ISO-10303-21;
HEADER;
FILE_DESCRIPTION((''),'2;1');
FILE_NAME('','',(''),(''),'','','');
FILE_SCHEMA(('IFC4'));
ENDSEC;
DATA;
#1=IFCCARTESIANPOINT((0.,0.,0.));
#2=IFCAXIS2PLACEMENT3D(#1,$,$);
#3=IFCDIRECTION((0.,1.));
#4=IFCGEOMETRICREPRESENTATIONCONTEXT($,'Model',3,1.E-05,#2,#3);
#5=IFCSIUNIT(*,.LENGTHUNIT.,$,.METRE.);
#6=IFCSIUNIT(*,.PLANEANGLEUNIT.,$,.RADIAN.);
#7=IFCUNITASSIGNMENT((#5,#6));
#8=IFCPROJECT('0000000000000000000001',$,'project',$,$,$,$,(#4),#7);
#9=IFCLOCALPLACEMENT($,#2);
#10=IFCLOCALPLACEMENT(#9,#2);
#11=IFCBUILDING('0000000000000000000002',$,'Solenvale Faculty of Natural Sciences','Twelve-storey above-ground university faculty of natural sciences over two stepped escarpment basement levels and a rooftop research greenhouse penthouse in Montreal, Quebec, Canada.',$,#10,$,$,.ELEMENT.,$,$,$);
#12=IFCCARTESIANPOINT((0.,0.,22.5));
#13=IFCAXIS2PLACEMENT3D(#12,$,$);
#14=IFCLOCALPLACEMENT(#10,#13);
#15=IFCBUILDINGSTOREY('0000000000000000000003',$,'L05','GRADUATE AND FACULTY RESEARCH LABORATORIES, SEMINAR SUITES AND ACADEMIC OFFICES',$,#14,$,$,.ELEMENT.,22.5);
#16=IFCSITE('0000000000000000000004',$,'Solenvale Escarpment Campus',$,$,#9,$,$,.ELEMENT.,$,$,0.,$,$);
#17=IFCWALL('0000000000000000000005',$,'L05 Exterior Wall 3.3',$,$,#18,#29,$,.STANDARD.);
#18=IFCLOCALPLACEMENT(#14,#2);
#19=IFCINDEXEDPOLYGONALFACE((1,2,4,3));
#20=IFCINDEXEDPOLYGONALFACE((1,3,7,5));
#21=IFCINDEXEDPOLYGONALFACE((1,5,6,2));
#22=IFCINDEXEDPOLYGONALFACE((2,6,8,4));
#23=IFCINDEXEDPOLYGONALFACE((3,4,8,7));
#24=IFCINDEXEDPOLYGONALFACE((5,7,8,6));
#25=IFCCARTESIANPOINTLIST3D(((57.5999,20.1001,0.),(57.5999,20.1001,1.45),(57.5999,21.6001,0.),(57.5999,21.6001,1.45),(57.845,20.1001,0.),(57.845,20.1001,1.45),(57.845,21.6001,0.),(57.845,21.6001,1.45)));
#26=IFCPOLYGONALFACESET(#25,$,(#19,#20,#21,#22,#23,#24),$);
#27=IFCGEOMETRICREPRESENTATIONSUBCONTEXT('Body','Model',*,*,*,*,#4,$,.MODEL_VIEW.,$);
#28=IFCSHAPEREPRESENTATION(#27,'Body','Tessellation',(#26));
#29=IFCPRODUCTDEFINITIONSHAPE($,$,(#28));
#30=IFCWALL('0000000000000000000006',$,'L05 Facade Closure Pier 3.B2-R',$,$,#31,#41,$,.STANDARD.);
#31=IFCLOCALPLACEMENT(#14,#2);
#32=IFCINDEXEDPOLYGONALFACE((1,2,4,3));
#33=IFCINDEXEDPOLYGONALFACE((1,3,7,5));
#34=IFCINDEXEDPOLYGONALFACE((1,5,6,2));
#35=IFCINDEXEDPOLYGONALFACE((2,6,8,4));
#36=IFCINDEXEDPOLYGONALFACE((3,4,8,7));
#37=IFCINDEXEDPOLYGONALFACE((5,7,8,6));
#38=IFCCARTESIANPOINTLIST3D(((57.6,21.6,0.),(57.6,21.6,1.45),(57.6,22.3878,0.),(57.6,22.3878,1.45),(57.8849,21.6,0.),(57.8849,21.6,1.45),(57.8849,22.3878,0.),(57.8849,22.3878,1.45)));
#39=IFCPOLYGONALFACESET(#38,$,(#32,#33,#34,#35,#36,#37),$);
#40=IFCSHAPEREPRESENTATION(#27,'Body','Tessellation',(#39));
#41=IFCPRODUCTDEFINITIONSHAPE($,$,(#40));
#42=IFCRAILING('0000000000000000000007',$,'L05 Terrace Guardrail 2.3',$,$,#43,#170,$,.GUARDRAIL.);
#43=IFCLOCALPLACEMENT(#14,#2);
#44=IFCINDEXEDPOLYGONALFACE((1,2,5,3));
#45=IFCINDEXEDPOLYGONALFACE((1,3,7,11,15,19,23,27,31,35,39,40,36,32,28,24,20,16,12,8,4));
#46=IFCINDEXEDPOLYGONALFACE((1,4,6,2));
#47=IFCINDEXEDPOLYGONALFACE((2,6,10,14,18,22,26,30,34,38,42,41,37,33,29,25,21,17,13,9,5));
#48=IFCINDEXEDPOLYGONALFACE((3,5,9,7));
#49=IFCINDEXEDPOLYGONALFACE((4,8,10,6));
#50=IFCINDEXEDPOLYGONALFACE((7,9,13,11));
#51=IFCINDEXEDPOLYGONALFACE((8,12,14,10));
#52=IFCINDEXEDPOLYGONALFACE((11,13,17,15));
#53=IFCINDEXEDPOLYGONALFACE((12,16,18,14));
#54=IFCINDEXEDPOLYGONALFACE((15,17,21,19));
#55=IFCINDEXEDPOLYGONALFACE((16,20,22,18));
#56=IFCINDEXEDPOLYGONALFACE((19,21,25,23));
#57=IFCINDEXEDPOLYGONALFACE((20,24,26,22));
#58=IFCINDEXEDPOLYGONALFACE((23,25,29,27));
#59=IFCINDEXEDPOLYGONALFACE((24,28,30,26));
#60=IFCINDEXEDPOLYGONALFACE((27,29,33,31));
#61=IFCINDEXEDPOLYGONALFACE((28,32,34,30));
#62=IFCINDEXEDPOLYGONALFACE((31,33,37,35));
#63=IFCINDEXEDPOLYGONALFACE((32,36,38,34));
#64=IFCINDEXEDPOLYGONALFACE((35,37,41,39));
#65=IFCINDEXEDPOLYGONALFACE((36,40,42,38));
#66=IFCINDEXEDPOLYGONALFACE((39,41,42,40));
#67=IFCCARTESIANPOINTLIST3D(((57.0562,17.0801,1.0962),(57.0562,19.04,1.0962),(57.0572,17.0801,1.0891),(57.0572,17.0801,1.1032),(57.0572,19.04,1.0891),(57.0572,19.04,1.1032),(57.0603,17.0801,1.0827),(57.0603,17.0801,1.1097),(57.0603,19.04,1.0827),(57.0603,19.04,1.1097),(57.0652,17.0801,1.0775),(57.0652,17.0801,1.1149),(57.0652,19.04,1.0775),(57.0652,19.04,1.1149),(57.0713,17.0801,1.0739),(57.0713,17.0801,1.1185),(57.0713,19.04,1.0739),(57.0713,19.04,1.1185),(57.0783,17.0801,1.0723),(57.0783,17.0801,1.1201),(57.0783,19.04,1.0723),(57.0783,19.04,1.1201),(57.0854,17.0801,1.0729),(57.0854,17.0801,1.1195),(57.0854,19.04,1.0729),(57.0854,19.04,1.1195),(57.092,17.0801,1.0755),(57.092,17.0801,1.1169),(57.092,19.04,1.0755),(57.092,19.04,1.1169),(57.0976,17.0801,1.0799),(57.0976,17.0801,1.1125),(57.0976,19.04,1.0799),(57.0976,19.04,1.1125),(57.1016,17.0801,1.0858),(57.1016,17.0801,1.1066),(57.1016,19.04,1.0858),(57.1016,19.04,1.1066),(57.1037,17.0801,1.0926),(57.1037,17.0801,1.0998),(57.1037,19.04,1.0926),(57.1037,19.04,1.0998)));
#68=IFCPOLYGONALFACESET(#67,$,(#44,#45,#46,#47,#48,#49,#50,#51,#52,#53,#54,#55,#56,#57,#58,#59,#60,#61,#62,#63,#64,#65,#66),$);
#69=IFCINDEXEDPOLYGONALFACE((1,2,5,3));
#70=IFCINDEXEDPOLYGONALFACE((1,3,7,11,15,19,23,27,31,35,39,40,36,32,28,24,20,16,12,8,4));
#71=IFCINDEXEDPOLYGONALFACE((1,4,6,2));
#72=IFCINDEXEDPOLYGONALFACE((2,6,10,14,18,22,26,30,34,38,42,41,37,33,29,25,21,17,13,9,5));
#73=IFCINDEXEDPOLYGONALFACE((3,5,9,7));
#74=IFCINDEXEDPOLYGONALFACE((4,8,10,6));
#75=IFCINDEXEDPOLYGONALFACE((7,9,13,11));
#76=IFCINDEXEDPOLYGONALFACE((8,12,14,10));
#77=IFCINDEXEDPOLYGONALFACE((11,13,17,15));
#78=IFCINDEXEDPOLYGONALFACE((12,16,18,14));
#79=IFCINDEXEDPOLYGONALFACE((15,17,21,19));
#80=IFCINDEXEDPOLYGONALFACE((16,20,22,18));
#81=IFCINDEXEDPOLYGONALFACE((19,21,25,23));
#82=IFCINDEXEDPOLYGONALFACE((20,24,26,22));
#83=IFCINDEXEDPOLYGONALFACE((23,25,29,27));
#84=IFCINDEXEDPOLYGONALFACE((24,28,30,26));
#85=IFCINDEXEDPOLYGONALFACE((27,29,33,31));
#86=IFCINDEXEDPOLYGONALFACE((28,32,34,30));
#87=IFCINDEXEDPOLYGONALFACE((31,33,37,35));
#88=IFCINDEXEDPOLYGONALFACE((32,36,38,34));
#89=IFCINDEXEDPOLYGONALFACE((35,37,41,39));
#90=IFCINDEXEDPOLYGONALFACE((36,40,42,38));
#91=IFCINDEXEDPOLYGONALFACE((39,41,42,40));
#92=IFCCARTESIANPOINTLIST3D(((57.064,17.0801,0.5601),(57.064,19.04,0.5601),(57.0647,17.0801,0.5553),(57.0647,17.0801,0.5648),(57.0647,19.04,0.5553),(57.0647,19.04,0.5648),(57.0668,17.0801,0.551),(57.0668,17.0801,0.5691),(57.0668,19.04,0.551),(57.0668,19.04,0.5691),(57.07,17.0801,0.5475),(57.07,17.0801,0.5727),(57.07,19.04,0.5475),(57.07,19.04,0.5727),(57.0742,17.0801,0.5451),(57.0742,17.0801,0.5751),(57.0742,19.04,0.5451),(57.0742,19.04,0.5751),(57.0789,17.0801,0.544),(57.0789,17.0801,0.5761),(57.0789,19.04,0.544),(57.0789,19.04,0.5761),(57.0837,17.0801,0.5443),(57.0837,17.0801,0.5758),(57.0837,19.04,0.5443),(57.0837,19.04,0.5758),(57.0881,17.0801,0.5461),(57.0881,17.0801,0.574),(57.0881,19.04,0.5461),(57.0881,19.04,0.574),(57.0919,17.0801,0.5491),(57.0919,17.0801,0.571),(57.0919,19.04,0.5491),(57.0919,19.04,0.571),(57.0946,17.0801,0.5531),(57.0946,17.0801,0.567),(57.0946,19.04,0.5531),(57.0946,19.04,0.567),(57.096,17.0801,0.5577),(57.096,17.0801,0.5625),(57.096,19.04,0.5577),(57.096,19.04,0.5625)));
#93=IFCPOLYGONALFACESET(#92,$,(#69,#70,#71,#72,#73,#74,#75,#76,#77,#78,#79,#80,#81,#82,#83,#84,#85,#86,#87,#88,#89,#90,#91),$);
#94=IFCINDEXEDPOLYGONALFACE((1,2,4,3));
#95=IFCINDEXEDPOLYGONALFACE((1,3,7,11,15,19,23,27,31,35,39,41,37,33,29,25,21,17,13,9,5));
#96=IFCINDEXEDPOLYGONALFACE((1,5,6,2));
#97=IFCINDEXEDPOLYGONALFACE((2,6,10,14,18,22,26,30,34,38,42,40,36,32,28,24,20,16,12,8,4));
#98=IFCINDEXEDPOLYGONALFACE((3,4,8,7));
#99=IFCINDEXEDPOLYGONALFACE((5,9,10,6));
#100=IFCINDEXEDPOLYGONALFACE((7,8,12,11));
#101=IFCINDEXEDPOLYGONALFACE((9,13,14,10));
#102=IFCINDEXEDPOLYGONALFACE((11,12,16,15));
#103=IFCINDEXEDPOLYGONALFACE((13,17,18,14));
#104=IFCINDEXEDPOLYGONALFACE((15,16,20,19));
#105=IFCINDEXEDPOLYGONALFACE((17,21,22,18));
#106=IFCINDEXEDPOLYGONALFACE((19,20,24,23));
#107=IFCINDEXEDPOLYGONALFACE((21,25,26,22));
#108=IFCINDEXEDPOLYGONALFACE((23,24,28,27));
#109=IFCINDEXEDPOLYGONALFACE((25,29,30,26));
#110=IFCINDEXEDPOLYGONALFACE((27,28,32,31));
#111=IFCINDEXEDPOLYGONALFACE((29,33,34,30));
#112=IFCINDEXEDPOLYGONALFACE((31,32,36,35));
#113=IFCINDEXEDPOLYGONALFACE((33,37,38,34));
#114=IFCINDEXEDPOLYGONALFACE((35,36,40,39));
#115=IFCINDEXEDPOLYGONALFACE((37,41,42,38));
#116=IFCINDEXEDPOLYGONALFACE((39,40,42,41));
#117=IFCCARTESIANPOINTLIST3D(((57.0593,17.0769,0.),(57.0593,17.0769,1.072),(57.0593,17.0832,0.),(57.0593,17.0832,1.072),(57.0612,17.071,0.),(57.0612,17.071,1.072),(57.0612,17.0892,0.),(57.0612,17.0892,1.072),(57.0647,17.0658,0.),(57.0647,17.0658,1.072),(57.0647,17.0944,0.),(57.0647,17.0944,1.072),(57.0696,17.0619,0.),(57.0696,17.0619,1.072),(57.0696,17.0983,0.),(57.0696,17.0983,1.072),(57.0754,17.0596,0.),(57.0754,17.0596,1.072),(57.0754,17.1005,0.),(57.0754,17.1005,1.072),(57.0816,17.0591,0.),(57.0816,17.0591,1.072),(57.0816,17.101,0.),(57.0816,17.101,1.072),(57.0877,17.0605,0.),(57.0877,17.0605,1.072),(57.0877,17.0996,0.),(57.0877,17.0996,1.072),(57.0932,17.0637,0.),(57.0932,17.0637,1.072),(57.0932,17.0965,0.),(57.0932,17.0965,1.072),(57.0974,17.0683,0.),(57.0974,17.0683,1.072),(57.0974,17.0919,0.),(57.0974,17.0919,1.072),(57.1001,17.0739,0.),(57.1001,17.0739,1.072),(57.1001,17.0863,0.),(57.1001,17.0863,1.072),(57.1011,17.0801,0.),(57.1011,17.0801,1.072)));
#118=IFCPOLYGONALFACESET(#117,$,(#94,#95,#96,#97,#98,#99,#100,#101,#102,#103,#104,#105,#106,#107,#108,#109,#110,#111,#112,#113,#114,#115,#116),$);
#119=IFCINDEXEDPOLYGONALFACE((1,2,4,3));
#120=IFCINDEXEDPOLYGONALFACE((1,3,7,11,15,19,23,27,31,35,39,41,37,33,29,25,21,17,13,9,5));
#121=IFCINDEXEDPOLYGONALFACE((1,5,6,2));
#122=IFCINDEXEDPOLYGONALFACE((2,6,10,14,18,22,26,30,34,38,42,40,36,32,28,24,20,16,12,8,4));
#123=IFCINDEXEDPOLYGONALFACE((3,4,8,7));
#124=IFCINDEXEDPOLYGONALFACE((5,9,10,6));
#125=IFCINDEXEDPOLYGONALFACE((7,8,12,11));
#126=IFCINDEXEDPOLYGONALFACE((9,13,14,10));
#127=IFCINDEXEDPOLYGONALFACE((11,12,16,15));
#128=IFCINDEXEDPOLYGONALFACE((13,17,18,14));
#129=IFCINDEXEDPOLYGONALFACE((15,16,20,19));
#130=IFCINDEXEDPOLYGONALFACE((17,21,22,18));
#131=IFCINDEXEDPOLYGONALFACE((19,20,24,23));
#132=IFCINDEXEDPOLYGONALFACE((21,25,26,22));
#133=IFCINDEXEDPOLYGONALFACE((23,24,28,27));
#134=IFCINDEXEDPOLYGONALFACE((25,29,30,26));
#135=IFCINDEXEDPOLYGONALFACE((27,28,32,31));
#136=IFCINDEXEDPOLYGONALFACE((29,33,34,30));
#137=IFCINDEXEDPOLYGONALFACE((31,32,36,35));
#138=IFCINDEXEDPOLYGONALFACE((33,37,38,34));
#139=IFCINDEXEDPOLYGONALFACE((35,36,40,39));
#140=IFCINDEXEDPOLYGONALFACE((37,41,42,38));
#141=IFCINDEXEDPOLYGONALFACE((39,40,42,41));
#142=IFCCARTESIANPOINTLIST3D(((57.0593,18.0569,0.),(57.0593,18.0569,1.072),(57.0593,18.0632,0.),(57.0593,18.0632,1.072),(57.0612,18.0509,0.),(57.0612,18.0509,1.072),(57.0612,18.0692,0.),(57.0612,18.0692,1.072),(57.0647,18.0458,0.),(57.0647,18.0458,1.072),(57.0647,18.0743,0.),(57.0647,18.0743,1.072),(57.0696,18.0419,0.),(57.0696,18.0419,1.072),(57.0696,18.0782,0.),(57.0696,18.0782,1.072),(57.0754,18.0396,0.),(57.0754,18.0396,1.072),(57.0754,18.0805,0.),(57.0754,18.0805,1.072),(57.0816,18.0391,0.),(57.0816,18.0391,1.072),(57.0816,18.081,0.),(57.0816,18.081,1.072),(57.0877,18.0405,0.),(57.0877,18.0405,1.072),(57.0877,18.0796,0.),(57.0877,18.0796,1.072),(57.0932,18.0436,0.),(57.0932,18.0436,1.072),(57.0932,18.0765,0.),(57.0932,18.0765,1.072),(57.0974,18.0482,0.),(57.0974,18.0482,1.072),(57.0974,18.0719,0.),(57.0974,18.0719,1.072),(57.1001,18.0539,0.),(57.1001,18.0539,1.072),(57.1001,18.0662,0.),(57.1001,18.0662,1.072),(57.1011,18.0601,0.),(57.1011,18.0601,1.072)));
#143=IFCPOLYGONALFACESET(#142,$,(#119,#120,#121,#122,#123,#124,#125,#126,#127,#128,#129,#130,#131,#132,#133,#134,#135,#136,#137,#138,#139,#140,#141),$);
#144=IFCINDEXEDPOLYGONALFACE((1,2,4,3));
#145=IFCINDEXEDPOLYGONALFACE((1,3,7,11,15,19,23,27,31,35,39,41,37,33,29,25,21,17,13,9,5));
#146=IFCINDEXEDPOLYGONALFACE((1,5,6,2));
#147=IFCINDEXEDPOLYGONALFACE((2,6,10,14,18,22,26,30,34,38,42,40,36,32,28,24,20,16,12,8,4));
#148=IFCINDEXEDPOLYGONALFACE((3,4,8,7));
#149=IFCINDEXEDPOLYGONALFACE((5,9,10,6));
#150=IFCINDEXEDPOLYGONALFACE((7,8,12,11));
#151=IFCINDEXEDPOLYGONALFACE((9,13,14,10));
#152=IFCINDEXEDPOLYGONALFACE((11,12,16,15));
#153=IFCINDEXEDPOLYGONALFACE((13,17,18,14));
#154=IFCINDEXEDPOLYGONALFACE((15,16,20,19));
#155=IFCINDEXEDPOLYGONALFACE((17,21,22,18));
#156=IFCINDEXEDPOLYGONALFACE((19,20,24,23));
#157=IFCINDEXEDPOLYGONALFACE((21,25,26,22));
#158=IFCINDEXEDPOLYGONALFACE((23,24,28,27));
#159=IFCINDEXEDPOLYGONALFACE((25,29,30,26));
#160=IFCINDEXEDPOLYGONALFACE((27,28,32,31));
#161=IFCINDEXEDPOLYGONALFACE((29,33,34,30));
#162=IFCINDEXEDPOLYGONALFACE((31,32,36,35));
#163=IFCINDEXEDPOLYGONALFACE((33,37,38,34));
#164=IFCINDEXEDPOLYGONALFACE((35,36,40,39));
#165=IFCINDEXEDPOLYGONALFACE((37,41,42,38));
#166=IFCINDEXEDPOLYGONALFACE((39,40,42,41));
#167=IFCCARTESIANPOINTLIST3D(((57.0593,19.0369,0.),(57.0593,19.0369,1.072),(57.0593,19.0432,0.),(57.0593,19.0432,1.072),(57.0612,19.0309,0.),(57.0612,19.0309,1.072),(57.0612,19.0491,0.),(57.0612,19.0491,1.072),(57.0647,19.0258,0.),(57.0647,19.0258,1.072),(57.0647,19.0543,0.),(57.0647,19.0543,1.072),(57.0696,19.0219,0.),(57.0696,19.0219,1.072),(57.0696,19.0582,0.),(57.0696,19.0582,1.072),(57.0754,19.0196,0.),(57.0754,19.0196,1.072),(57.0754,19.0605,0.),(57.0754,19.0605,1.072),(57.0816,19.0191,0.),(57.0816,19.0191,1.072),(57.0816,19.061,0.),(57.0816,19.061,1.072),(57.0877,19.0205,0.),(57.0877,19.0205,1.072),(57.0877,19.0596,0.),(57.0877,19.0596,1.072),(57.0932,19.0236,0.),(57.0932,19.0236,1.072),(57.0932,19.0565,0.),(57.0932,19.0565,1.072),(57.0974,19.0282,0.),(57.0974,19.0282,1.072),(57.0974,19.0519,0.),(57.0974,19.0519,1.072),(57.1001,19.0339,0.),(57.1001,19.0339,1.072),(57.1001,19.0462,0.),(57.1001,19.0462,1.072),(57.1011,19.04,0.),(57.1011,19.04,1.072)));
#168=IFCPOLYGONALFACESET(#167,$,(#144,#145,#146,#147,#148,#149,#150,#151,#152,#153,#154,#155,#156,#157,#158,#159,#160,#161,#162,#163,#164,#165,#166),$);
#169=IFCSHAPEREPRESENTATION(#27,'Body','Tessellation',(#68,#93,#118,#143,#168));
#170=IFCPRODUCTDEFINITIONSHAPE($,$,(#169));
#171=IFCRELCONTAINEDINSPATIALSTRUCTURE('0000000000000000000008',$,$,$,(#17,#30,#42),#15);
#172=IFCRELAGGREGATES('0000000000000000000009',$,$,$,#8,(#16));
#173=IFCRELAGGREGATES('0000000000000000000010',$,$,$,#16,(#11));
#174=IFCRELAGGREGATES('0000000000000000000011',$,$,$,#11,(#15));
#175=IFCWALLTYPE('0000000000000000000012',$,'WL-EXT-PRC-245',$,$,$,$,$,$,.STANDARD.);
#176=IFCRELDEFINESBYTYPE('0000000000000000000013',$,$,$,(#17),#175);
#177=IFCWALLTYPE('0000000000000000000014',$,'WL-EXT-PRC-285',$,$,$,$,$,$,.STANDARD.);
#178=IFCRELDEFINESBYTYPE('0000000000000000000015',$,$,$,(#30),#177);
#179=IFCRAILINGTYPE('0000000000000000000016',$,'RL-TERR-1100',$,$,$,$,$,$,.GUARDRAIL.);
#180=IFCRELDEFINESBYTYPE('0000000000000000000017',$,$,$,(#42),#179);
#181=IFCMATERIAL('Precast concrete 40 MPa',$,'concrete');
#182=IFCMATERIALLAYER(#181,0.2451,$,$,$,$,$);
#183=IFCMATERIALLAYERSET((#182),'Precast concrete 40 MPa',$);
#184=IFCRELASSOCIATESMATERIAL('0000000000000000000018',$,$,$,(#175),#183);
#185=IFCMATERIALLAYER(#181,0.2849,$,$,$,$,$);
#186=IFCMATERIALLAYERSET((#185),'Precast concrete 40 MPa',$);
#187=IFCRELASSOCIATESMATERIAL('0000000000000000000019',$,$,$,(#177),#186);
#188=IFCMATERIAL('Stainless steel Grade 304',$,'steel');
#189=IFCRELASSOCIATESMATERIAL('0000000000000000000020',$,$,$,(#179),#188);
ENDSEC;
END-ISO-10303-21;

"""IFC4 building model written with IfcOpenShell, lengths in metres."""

from ifc_helpers import new_model, si_unit, direction, frame, frame_2d, origin, origin_2d, place, context, subcontext, project, spatial, rectangle, circle, extrude, material, layer, layer_set, type_object, element, save


model = new_model("IFC4")

# Units and contexts
model_context = context("Model", 3, precision=1e-05, world=origin(), true_north=direction((0.0, 1.0)))
body_context = subcontext(model_context, "Body", "Model", "MODEL_VIEW")
ifc_project = project(units=[si_unit("LENGTHUNIT", "METRE"), si_unit("PLANEANGLEUNIT", "RADIAN")], contexts=[model_context])

# Site, building, storey
site_placement = place(None, origin())
site = spatial("IfcSite", under=ifc_project, at=site_placement, Name="Solenvale Escarpment Campus", CompositionType="ELEMENT", RefElevation=0.0)
building_placement = place(site_placement, origin())
building = spatial("IfcBuilding", under=site, at=building_placement, Name="Solenvale Faculty of Natural Sciences", Description="Twelve-storey above-ground university faculty of natural sciences over two stepped escarpment basement levels and a rooftop research greenhouse penthouse in Montreal, Quebec, Canada.", CompositionType="ELEMENT")
storey_placement = place(building_placement, frame((0.0, 0.0, 22.5)))
storey = spatial("IfcBuildingStorey", under=building, at=storey_placement, Name="L05", Description="GRADUATE AND FACULTY RESEARCH LABORATORIES, SEMINAR SUITES AND ACADEMIC OFFICES", CompositionType="ELEMENT", Elevation=22.5)

# Walls
ifc_material_1 = material(Name="Precast concrete 40 MPa", Category="concrete")
ifc_layer_1 = layer(ifc_material_1, 0.2451)
ifc_layer_set_1 = layer_set([ifc_layer_1], Name="Precast concrete 40 MPa")
wall_type_1 = type_object("IfcWallType", Name="WL-EXT-PRC-245", PredefinedType="STANDARD", material=ifc_layer_set_1)
wall_1_placement = place(storey_placement, frame((57.7224, 20.1001, 0.0), z_axis=(0.0, 0.0, 1.0), x_axis=(0.0, 1.0, 0.0)))
element("IfcWall", 1, at=wall_1_placement, inside=storey, type_object=wall_type_1, Name="L05 Exterior Wall 3.3", PredefinedType="STANDARD", context=body_context, shape_type="SweptSolid", body=[
    extrude(rectangle(XDim=1.5, YDim=0.2451, at=frame_2d((0.75, 0.0))), origin(), (0.0, 0.0, 1.0), 1.45),
])
ifc_layer_2 = layer(ifc_material_1, 0.2849)
ifc_layer_set_2 = layer_set([ifc_layer_2], Name="Precast concrete 40 MPa")
wall_type_2 = type_object("IfcWallType", Name="WL-EXT-PRC-285", PredefinedType="STANDARD", material=ifc_layer_set_2)
wall_2_placement = place(storey_placement, frame((57.7424, 22.3879, 0.0), z_axis=(0.0, 0.0, 1.0), x_axis=(0.0, -1.0, 0.0)))
element("IfcWall", 2, at=wall_2_placement, inside=storey, type_object=wall_type_2, Name="L05 Facade Closure Pier 3.B2-R", PredefinedType="STANDARD", context=body_context, shape_type="SweptSolid", body=[
    extrude(rectangle(XDim=0.7878, YDim=0.2849, at=frame_2d((0.394, 0.0))), origin(), (0.0, 0.0, 1.0), 1.45),
])

# Railing
ifc_material_2 = material(Name="Stainless steel Grade 304", Category="steel")
railing_type = type_object("IfcRailingType", Name="RL-TERR-1100", PredefinedType="GUARDRAIL", material=ifc_material_2)
railing_placement = place(storey_placement, frame((57.0801, 17.0801, 0.0)))
element("IfcRailing", 3, at=railing_placement, inside=storey, type_object=railing_type, Name="L05 Terrace Guardrail 2.3", PredefinedType="GUARDRAIL", context=body_context, shape_type="SweptSolid", body=[
    extrude(circle(Radius=0.0239, at=origin_2d()), frame((0.0, 0.0, 1.0962), z_axis=(0.0, 1.0, 0.0), x_axis=(-1.0, 0.0, 0.0)), (0.0, 0.0, 1.0), 1.96),
    extrude(circle(Radius=0.0161, at=origin_2d()), frame((0.0, 0.0, 0.5601), z_axis=(0.0, 1.0, 0.0), x_axis=(-1.0, 0.0, 0.0)), (0.0, 0.0, 1.0), 1.96),
    extrude(circle(Radius=0.021, at=origin_2d()), origin(), (0.0, 0.0, 1.0), 1.072),
    extrude(circle(Radius=0.021, at=origin_2d()), frame((0.0, 0.98, 0.0)), (0.0, 0.0, 1.0), 1.072),
    extrude(circle(Radius=0.021, at=origin_2d()), frame((0.0, 1.96, 0.0)), (0.0, 0.0, 1.0), 1.072),
])

save(model, "model.ifc")
